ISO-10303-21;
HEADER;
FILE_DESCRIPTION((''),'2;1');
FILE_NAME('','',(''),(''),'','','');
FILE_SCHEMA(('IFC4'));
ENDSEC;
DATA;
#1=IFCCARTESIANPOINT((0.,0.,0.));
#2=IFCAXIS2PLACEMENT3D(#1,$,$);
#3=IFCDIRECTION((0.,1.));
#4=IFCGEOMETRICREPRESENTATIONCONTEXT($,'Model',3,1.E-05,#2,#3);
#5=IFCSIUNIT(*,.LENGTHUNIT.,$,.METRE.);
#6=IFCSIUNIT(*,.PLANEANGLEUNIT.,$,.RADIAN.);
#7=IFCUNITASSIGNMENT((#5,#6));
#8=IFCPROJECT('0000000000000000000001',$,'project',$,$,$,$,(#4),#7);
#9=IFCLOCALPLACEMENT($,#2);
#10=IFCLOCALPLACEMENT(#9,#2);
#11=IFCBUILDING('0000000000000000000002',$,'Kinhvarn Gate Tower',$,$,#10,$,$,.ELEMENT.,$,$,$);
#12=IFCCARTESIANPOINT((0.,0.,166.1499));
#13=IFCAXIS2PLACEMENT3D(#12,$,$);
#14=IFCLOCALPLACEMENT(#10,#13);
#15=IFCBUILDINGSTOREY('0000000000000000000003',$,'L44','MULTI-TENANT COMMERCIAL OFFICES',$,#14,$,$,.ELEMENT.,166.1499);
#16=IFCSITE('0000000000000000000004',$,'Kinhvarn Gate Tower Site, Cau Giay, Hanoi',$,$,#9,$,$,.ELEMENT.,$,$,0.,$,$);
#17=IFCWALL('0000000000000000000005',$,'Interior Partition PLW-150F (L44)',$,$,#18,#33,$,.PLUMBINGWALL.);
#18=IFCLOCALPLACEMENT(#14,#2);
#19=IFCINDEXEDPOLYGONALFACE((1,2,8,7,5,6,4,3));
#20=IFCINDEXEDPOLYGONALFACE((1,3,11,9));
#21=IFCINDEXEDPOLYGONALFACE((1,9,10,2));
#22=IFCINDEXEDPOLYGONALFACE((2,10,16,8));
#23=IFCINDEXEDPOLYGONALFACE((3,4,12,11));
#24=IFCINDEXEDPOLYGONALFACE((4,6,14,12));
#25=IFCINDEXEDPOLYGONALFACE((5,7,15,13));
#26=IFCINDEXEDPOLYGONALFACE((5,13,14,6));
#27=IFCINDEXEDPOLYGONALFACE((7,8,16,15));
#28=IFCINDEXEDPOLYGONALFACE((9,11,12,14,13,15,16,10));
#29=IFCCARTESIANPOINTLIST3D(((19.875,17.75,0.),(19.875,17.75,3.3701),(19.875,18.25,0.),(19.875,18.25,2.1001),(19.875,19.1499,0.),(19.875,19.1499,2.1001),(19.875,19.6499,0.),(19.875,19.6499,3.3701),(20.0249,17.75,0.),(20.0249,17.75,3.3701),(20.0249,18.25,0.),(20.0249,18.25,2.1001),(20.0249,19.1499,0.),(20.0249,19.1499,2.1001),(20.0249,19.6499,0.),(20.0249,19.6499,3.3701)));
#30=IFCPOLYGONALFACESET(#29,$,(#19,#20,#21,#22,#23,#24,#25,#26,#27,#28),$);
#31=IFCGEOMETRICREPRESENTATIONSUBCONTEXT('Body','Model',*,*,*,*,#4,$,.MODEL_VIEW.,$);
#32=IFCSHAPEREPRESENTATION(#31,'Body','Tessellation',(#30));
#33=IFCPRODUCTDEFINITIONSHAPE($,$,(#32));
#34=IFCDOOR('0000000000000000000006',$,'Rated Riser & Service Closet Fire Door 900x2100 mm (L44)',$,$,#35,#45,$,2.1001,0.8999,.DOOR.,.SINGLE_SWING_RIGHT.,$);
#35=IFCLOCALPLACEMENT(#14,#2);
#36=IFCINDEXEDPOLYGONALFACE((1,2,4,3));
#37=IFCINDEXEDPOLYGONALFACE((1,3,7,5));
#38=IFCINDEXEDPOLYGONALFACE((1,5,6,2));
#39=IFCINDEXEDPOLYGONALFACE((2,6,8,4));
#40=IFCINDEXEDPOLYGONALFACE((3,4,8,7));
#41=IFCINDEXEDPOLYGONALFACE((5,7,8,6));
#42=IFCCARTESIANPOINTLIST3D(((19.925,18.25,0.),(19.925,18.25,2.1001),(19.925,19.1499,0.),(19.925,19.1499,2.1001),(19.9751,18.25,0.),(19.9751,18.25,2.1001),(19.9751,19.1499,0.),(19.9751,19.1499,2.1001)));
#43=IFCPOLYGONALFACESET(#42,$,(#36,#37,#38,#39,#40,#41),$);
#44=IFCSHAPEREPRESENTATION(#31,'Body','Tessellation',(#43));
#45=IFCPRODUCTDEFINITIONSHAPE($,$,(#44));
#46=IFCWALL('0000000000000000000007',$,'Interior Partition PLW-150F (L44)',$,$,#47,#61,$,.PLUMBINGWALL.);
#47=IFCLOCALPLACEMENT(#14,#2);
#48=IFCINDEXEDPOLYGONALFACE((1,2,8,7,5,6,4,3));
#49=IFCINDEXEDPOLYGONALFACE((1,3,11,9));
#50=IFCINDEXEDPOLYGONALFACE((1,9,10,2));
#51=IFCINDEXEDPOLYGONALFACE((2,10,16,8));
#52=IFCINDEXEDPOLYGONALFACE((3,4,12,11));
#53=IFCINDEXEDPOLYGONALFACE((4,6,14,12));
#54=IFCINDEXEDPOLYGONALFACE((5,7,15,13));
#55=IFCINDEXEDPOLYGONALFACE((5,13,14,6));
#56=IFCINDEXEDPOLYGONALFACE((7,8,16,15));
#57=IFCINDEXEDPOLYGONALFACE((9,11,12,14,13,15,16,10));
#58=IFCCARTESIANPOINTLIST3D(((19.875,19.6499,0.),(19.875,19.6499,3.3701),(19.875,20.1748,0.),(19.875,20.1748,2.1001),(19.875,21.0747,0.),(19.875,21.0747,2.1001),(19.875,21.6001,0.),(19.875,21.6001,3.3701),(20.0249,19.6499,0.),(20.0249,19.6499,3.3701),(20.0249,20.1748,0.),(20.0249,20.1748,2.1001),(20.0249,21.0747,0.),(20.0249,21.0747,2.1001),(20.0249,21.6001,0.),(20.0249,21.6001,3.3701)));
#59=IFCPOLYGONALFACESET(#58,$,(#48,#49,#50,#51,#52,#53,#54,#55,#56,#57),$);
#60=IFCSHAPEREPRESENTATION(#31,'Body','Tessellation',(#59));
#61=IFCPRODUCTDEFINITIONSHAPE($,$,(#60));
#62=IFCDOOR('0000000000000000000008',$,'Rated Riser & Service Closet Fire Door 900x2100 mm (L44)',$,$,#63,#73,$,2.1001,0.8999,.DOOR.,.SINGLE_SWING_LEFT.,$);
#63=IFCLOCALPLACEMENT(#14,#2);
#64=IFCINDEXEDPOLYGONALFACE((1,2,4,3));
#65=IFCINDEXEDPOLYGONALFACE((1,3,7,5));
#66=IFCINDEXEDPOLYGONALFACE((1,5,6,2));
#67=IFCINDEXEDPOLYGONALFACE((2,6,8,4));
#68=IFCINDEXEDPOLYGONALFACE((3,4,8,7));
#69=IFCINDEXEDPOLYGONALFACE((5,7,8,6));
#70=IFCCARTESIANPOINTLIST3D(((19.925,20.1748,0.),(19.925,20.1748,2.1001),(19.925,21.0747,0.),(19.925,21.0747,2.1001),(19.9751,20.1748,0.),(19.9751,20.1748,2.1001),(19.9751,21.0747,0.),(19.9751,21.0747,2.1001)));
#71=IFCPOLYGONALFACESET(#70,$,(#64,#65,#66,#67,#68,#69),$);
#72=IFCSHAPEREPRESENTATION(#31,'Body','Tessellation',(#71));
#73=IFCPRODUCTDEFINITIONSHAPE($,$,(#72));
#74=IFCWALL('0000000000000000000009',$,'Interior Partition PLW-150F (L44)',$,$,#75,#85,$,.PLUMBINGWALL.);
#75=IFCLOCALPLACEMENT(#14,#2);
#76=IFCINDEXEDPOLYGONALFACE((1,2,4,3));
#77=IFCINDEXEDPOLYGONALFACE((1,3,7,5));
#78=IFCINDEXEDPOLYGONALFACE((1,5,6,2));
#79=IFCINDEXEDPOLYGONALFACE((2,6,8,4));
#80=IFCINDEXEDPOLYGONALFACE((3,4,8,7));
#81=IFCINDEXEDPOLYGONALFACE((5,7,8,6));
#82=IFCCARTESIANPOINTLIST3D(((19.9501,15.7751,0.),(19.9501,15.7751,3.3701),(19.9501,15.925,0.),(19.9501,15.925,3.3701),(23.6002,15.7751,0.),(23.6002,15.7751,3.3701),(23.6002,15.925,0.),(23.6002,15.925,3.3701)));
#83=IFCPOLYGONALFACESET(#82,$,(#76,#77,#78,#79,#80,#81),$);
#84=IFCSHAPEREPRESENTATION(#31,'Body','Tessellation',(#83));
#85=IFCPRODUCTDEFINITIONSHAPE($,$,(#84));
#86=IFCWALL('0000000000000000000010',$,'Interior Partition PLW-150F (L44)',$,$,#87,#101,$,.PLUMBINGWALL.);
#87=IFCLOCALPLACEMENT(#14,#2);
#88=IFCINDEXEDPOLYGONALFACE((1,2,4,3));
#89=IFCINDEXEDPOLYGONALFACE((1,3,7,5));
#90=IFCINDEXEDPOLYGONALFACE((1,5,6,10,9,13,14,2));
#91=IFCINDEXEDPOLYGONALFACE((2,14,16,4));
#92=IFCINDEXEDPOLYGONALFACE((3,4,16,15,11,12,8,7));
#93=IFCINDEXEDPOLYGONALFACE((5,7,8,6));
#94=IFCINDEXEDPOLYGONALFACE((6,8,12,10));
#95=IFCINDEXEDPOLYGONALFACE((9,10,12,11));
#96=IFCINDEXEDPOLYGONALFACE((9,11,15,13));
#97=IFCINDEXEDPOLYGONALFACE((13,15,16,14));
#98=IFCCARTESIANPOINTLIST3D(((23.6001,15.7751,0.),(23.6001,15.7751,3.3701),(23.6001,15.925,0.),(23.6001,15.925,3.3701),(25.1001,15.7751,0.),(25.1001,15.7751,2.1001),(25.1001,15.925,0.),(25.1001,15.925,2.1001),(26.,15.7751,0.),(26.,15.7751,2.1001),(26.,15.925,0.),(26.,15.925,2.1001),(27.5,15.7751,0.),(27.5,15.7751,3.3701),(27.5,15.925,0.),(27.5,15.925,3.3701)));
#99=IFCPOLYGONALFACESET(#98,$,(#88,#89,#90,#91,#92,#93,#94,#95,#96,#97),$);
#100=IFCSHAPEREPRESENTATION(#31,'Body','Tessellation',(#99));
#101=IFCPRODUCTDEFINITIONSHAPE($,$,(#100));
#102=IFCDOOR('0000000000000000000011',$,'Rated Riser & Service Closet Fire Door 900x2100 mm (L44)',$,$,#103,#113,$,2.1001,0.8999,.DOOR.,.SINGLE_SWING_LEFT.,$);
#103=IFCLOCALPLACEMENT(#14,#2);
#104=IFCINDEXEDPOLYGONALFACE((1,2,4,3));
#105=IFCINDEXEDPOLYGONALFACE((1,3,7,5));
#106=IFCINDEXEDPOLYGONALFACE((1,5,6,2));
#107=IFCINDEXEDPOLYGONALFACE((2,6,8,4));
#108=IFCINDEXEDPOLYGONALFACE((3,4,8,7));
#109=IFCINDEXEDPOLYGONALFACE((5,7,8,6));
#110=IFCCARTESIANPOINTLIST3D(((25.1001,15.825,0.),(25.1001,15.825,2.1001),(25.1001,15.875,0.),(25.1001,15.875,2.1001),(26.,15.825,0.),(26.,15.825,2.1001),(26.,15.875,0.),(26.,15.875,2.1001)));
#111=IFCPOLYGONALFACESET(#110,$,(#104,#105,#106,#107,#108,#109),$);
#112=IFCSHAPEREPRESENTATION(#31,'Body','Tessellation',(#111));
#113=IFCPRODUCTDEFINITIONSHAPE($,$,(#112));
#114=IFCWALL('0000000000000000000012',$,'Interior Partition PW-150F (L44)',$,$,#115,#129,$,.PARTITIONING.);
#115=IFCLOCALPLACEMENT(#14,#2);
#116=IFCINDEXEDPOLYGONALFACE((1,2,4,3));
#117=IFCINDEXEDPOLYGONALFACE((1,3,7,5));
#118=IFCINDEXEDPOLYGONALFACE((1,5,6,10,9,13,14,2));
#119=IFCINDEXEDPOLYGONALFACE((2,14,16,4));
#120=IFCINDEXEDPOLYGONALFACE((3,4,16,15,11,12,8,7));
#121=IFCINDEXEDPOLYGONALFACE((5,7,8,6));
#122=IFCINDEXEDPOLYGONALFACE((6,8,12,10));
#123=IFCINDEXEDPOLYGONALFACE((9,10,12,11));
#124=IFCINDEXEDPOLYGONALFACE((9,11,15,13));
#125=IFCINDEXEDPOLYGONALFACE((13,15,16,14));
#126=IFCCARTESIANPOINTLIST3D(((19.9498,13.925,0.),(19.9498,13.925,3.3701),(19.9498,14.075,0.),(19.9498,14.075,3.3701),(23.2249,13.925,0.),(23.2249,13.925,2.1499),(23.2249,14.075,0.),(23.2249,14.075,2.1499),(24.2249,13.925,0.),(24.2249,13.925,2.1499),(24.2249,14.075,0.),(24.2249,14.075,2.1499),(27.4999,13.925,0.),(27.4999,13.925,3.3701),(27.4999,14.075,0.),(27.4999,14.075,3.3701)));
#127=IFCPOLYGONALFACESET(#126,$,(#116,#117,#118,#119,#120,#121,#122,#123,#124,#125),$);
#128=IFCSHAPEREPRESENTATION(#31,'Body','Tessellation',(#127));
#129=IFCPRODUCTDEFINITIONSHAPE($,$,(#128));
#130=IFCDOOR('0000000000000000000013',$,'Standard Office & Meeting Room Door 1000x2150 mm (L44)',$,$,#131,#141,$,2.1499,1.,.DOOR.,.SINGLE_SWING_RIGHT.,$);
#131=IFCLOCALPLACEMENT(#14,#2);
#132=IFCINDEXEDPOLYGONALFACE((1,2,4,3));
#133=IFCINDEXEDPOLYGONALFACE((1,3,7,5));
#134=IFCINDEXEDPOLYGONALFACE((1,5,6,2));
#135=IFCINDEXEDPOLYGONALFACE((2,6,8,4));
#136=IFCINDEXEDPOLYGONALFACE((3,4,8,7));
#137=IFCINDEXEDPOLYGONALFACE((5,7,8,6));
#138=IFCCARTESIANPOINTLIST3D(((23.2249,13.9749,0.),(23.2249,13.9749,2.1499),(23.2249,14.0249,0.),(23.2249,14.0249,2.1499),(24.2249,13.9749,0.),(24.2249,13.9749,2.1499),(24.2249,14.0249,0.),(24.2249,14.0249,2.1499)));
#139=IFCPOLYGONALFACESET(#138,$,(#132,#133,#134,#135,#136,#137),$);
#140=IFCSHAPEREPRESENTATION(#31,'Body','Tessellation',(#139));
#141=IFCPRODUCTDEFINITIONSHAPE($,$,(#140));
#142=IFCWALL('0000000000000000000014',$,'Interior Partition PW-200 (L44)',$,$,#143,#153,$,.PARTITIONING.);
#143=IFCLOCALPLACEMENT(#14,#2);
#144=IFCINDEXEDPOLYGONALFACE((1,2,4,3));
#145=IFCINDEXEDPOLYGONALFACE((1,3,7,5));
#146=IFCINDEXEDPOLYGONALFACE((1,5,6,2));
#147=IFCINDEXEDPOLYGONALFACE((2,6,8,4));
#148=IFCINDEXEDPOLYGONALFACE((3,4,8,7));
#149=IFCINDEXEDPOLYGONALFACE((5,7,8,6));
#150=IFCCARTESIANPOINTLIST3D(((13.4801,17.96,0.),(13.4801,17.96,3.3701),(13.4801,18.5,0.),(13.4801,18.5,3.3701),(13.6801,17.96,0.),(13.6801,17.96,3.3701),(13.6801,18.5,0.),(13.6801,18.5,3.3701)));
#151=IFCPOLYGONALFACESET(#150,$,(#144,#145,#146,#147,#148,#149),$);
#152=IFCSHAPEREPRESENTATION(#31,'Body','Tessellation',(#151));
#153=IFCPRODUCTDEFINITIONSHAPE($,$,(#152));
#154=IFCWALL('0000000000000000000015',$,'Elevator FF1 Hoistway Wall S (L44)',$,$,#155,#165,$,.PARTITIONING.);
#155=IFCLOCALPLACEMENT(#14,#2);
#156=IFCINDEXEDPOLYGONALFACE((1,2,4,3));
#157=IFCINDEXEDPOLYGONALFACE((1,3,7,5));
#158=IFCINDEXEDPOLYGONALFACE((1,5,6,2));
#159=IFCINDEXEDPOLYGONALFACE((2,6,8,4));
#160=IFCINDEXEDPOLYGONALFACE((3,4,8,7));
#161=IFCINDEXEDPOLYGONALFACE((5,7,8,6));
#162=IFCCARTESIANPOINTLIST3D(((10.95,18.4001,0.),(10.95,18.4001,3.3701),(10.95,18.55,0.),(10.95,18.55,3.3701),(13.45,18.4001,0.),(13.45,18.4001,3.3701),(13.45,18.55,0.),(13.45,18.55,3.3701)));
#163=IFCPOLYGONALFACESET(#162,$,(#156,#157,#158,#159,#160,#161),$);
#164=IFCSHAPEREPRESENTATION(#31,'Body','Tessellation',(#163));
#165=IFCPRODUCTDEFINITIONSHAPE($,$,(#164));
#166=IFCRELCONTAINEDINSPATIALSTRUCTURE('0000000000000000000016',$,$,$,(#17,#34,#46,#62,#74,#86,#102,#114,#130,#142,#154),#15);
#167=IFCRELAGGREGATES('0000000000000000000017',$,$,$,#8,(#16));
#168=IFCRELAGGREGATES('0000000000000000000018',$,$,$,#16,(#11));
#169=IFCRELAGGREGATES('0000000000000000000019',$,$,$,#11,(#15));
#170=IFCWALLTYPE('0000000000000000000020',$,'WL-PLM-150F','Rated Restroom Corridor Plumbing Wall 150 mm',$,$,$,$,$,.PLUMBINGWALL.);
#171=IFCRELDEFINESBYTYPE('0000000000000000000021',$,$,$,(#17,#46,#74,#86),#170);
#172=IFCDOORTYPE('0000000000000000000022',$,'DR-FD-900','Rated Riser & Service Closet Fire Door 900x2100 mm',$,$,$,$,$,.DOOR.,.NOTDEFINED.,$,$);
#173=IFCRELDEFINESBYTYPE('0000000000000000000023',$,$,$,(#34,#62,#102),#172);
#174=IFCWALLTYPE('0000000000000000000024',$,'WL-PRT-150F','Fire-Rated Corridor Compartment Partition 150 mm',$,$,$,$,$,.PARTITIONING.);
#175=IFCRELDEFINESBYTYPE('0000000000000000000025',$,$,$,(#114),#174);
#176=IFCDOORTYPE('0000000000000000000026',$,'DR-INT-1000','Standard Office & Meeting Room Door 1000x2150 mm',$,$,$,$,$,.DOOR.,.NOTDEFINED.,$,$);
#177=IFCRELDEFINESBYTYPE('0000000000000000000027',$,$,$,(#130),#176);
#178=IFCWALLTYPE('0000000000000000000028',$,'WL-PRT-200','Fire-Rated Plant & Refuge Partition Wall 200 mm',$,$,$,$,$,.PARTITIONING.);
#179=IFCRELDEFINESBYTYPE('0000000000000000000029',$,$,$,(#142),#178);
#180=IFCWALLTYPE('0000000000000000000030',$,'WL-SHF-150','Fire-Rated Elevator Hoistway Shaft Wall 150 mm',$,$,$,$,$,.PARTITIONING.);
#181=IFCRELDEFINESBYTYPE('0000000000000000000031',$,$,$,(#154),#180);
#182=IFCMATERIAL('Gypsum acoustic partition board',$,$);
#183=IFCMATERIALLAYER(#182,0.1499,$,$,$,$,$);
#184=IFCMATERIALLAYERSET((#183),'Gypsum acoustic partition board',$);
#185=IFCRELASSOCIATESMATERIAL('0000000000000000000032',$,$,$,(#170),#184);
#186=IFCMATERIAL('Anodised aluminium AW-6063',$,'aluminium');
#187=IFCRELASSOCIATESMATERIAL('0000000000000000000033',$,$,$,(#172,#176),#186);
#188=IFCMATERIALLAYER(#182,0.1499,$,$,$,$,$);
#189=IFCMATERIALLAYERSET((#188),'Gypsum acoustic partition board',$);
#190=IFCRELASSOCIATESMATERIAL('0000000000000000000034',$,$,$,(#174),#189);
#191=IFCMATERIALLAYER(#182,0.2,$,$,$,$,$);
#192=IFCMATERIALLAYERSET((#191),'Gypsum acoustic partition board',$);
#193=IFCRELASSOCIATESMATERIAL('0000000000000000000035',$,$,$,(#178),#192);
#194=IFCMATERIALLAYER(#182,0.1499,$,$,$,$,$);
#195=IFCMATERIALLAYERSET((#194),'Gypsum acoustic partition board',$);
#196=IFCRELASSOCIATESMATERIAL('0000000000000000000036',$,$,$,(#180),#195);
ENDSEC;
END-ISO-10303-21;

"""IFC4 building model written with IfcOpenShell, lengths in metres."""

from ifc_helpers import new_model, si_unit, direction, frame, frame_2d, origin, place, context, subcontext, project, spatial, rectangle, extrude, material, layer, layer_set, type_object, element, fill, save


model = new_model("IFC4")

# Units and contexts
model_context = context("Model", 3, precision=1e-05, world=origin(), true_north=direction((0.0, 1.0)))
body_context = subcontext(model_context, "Body", "Model", "MODEL_VIEW")
ifc_project = project(units=[si_unit("LENGTHUNIT", "METRE"), si_unit("PLANEANGLEUNIT", "RADIAN")], contexts=[model_context])

# Site, building, storey
site_placement = place(None, origin())
site = spatial("IfcSite", under=ifc_project, at=site_placement, Name="Kinhvarn Gate Tower Site, Cau Giay, Hanoi", CompositionType="ELEMENT", RefElevation=0.0)
building_placement = place(site_placement, origin())
building = spatial("IfcBuilding", under=site, at=building_placement, Name="Kinhvarn Gate Tower", CompositionType="ELEMENT")
storey_placement = place(building_placement, frame((0.0, 0.0, 166.1499)))
storey = spatial("IfcBuildingStorey", under=building, at=storey_placement, Name="L44", Description="MULTI-TENANT COMMERCIAL OFFICES", CompositionType="ELEMENT", Elevation=166.1499)

# Shared definitions
ifc_material_1 = material(Name="Anodised aluminium AW-6063", Category="aluminium")

# Shared definitions
ifc_material_2 = material(Name="Gypsum acoustic partition board")

# Walls, openings, doors
ifc_layer_1 = layer(ifc_material_2, 0.1499)
ifc_layer_set_1 = layer_set([ifc_layer_1], Name="Gypsum acoustic partition board")
wall_type_1 = type_object("IfcWallType", Name="WL-PLM-150F", Description="Rated Restroom Corridor Plumbing Wall 150 mm", PredefinedType="PLUMBINGWALL", material=ifc_layer_set_1)
door_type_1 = type_object("IfcDoorType", Name="DR-FD-900", Description="Rated Riser & Service Closet Fire Door 900x2100 mm", OperationType="NOTDEFINED", PredefinedType="DOOR", material=ifc_material_1)
wall_1_placement = place(storey_placement, frame((19.95, 17.75, 0.0), z_axis=(0.0, 0.0, 1.0), x_axis=(0.0, 1.0, 0.0)))
wall_1 = element("IfcWall", 1, at=wall_1_placement, inside=storey, type_object=wall_type_1, Name="Interior Partition PLW-150F (L44)", PredefinedType="PLUMBINGWALL", context=body_context, shape_type="SweptSolid", body=[
    extrude(rectangle(XDim=1.8999, YDim=0.1499, at=frame_2d((0.95, 0.0))), origin(), (0.0, 0.0, 1.0), 3.3701),
])
opening_1_placement = place(wall_1_placement, frame((0.5, 0.0, 0.0)))
opening_1 = element("IfcOpeningElement", 2, at=opening_1_placement, cuts=wall_1, PredefinedType="OPENING", context=body_context, shape_type="SweptSolid", body=[
    extrude(rectangle(XDim=0.8999, YDim=2.1001, at=frame_2d((0.45, 1.05))), frame((0.0, 0.085, 0.0), z_axis=(0.0, -1.0, 0.0), x_axis=(1.0, 0.0, 0.0)), (0.0, 0.0, 1.0), 0.1699),
])
door_1_placement = place(opening_1_placement, origin())
door_1 = element("IfcDoor", 3, at=door_1_placement, inside=storey, type_object=door_type_1, Name="Rated Riser & Service Closet Fire Door 900x2100 mm (L44)", OperationType="SINGLE_SWING_RIGHT", OverallHeight=2.1001, OverallWidth=0.8999, PredefinedType="DOOR", context=body_context, shape_type="SweptSolid", body=[
    extrude(rectangle(XDim=0.8999, YDim=2.1001, at=frame_2d((0.45, 1.05))), frame((0.0, 0.0249, 0.0), z_axis=(0.0, -1.0, 0.0), x_axis=(1.0, 0.0, 0.0)), (0.0, 0.0, 1.0), 0.05),
])
fill(opening_1, door_1)
wall_2_placement = place(storey_placement, frame((19.95, 19.6499, 0.0), z_axis=(0.0, 0.0, 1.0), x_axis=(0.0, 1.0, 0.0)))
wall_2 = element("IfcWall", 4, at=wall_2_placement, inside=storey, type_object=wall_type_1, Name="Interior Partition PLW-150F (L44)", PredefinedType="PLUMBINGWALL", context=body_context, shape_type="SweptSolid", body=[
    extrude(rectangle(XDim=1.9502, YDim=0.1499, at=frame_2d((0.9751, 0.0))), origin(), (0.0, 0.0, 1.0), 3.3701),
])
opening_2_placement = place(wall_2_placement, frame((0.5249, 0.0, 0.0)))
opening_2 = element("IfcOpeningElement", 5, at=opening_2_placement, cuts=wall_2, PredefinedType="OPENING", context=body_context, shape_type="SweptSolid", body=[
    extrude(rectangle(XDim=0.8999, YDim=2.1001, at=frame_2d((0.45, 1.05))), frame((0.0, 0.085, 0.0), z_axis=(0.0, -1.0, 0.0), x_axis=(1.0, 0.0, 0.0)), (0.0, 0.0, 1.0), 0.1699),
])
door_2_placement = place(opening_2_placement, origin())
door_2 = element("IfcDoor", 6, at=door_2_placement, inside=storey, type_object=door_type_1, Name="Rated Riser & Service Closet Fire Door 900x2100 mm (L44)", OperationType="SINGLE_SWING_LEFT", OverallHeight=2.1001, OverallWidth=0.8999, PredefinedType="DOOR", context=body_context, shape_type="SweptSolid", body=[
    extrude(rectangle(XDim=0.8999, YDim=2.1001, at=frame_2d((0.45, 1.05))), frame((0.0, 0.0249, 0.0), z_axis=(0.0, -1.0, 0.0), x_axis=(1.0, 0.0, 0.0)), (0.0, 0.0, 1.0), 0.05),
])
fill(opening_2, door_2)

# Wall
wall_3_placement = place(storey_placement, frame((19.95, 15.8501, 0.0), z_axis=(0.0, 0.0, 1.0), x_axis=(1.0, 0.0, 0.0)))
element("IfcWall", 7, at=wall_3_placement, inside=storey, type_object=wall_type_1, Name="Interior Partition PLW-150F (L44)", PredefinedType="PLUMBINGWALL", context=body_context, shape_type="SweptSolid", body=[
    extrude(rectangle(XDim=3.6501, YDim=0.1499, at=frame_2d((1.8252, 0.0))), origin(), (0.0, 0.0, 1.0), 3.3701),
])

# Walls, openings, doors
wall_4_placement = place(storey_placement, frame((23.6001, 15.8501, 0.0), z_axis=(0.0, 0.0, 1.0), x_axis=(1.0, 0.0, 0.0)))
wall_4 = element("IfcWall", 8, at=wall_4_placement, inside=storey, type_object=wall_type_1, Name="Interior Partition PLW-150F (L44)", PredefinedType="PLUMBINGWALL", context=body_context, shape_type="SweptSolid", body=[
    extrude(rectangle(XDim=3.8999, YDim=0.1499, at=frame_2d((1.95, 0.0))), origin(), (0.0, 0.0, 1.0), 3.3701),
])
opening_3_placement = place(wall_4_placement, frame((1.5, 0.0, 0.0)))
opening_3 = element("IfcOpeningElement", 9, at=opening_3_placement, cuts=wall_4, PredefinedType="OPENING", context=body_context, shape_type="SweptSolid", body=[
    extrude(rectangle(XDim=0.8999, YDim=2.1001, at=frame_2d((0.45, 1.05))), frame((0.0, 0.085, 0.0), z_axis=(0.0, -1.0, 0.0), x_axis=(1.0, 0.0, 0.0)), (0.0, 0.0, 1.0), 0.1699),
])
door_3_placement = place(opening_3_placement, origin())
door_3 = element("IfcDoor", 10, at=door_3_placement, inside=storey, type_object=door_type_1, Name="Rated Riser & Service Closet Fire Door 900x2100 mm (L44)", OperationType="SINGLE_SWING_LEFT", OverallHeight=2.1001, OverallWidth=0.8999, PredefinedType="DOOR", context=body_context, shape_type="SweptSolid", body=[
    extrude(rectangle(XDim=0.8999, YDim=2.1001, at=frame_2d((0.45, 1.05))), frame((0.0, 0.0249, 0.0), z_axis=(0.0, -1.0, 0.0), x_axis=(1.0, 0.0, 0.0)), (0.0, 0.0, 1.0), 0.05),
])
fill(opening_3, door_3)
ifc_layer_2 = layer(ifc_material_2, 0.1499)
ifc_layer_set_2 = layer_set([ifc_layer_2], Name="Gypsum acoustic partition board")
wall_type_2 = type_object("IfcWallType", Name="WL-PRT-150F", Description="Fire-Rated Corridor Compartment Partition 150 mm", PredefinedType="PARTITIONING", material=ifc_layer_set_2)
wall_5_placement = place(storey_placement, frame((19.95, 14.0, 0.0), z_axis=(0.0, 0.0, 1.0), x_axis=(1.0, 0.0, 0.0)))
wall_5 = element("IfcWall", 11, at=wall_5_placement, inside=storey, type_object=wall_type_2, Name="Interior Partition PW-150F (L44)", PredefinedType="PARTITIONING", context=body_context, shape_type="SweptSolid", body=[
    extrude(rectangle(XDim=7.55, YDim=0.1499, at=frame_2d((3.7749, 0.0))), origin(), (0.0, 0.0, 1.0), 3.3701),
])
opening_4_placement = place(wall_5_placement, frame((3.2749, 0.0, 0.0)))
opening_4 = element("IfcOpeningElement", 12, at=opening_4_placement, cuts=wall_5, PredefinedType="OPENING", context=body_context, shape_type="SweptSolid", body=[
    extrude(rectangle(XDim=1.0, YDim=2.1499, at=frame_2d((0.5, 1.075))), frame((0.0, 0.085, 0.0), z_axis=(0.0, -1.0, 0.0), x_axis=(1.0, 0.0, 0.0)), (0.0, 0.0, 1.0), 0.1699),
])
door_type_2 = type_object("IfcDoorType", Name="DR-INT-1000", Description="Standard Office & Meeting Room Door 1000x2150 mm", OperationType="NOTDEFINED", PredefinedType="DOOR", material=ifc_material_1)
door_4_placement = place(opening_4_placement, origin())
door_4 = element("IfcDoor", 13, at=door_4_placement, inside=storey, type_object=door_type_2, Name="Standard Office & Meeting Room Door 1000x2150 mm (L44)", OperationType="SINGLE_SWING_RIGHT", OverallHeight=2.1499, OverallWidth=1.0, PredefinedType="DOOR", context=body_context, shape_type="SweptSolid", body=[
    extrude(rectangle(XDim=1.0, YDim=2.1499, at=frame_2d((0.5, 1.075))), frame((0.0, 0.0249, 0.0), z_axis=(0.0, -1.0, 0.0), x_axis=(1.0, 0.0, 0.0)), (0.0, 0.0, 1.0), 0.05),
])
fill(opening_4, door_4)

# Walls
ifc_layer_3 = layer(ifc_material_2, 0.2)
ifc_layer_set_3 = layer_set([ifc_layer_3], Name="Gypsum acoustic partition board")
wall_type_3 = type_object("IfcWallType", Name="WL-PRT-200", Description="Fire-Rated Plant & Refuge Partition Wall 200 mm", PredefinedType="PARTITIONING", material=ifc_layer_set_3)
wall_6_placement = place(storey_placement, frame((13.5801, 17.96, 0.0), z_axis=(0.0, 0.0, 1.0), x_axis=(0.0, 1.0, 0.0)))
element("IfcWall", 14, at=wall_6_placement, inside=storey, type_object=wall_type_3, Name="Interior Partition PW-200 (L44)", PredefinedType="PARTITIONING", context=body_context, shape_type="SweptSolid", body=[
    extrude(rectangle(XDim=0.54, YDim=0.2, at=frame_2d((0.27, 0.0))), origin(), (0.0, 0.0, 1.0), 3.3701),
])
ifc_layer_4 = layer(ifc_material_2, 0.1499)
ifc_layer_set_4 = layer_set([ifc_layer_4], Name="Gypsum acoustic partition board")
wall_type_4 = type_object("IfcWallType", Name="WL-SHF-150", Description="Fire-Rated Elevator Hoistway Shaft Wall 150 mm", PredefinedType="PARTITIONING", material=ifc_layer_set_4)
wall_7_placement = place(storey_placement, frame((10.95, 18.4751, 0.0), z_axis=(0.0, 0.0, 1.0), x_axis=(1.0, 0.0, 0.0)))
element("IfcWall", 15, at=wall_7_placement, inside=storey, type_object=wall_type_4, Name="Elevator FF1 Hoistway Wall S (L44)", PredefinedType="PARTITIONING", context=body_context, shape_type="SweptSolid", body=[
    extrude(rectangle(XDim=2.5, YDim=0.1499, at=frame_2d((1.25, 0.0))), origin(), (0.0, 0.0, 1.0), 3.3701),
])

save(model, "model.ifc")
